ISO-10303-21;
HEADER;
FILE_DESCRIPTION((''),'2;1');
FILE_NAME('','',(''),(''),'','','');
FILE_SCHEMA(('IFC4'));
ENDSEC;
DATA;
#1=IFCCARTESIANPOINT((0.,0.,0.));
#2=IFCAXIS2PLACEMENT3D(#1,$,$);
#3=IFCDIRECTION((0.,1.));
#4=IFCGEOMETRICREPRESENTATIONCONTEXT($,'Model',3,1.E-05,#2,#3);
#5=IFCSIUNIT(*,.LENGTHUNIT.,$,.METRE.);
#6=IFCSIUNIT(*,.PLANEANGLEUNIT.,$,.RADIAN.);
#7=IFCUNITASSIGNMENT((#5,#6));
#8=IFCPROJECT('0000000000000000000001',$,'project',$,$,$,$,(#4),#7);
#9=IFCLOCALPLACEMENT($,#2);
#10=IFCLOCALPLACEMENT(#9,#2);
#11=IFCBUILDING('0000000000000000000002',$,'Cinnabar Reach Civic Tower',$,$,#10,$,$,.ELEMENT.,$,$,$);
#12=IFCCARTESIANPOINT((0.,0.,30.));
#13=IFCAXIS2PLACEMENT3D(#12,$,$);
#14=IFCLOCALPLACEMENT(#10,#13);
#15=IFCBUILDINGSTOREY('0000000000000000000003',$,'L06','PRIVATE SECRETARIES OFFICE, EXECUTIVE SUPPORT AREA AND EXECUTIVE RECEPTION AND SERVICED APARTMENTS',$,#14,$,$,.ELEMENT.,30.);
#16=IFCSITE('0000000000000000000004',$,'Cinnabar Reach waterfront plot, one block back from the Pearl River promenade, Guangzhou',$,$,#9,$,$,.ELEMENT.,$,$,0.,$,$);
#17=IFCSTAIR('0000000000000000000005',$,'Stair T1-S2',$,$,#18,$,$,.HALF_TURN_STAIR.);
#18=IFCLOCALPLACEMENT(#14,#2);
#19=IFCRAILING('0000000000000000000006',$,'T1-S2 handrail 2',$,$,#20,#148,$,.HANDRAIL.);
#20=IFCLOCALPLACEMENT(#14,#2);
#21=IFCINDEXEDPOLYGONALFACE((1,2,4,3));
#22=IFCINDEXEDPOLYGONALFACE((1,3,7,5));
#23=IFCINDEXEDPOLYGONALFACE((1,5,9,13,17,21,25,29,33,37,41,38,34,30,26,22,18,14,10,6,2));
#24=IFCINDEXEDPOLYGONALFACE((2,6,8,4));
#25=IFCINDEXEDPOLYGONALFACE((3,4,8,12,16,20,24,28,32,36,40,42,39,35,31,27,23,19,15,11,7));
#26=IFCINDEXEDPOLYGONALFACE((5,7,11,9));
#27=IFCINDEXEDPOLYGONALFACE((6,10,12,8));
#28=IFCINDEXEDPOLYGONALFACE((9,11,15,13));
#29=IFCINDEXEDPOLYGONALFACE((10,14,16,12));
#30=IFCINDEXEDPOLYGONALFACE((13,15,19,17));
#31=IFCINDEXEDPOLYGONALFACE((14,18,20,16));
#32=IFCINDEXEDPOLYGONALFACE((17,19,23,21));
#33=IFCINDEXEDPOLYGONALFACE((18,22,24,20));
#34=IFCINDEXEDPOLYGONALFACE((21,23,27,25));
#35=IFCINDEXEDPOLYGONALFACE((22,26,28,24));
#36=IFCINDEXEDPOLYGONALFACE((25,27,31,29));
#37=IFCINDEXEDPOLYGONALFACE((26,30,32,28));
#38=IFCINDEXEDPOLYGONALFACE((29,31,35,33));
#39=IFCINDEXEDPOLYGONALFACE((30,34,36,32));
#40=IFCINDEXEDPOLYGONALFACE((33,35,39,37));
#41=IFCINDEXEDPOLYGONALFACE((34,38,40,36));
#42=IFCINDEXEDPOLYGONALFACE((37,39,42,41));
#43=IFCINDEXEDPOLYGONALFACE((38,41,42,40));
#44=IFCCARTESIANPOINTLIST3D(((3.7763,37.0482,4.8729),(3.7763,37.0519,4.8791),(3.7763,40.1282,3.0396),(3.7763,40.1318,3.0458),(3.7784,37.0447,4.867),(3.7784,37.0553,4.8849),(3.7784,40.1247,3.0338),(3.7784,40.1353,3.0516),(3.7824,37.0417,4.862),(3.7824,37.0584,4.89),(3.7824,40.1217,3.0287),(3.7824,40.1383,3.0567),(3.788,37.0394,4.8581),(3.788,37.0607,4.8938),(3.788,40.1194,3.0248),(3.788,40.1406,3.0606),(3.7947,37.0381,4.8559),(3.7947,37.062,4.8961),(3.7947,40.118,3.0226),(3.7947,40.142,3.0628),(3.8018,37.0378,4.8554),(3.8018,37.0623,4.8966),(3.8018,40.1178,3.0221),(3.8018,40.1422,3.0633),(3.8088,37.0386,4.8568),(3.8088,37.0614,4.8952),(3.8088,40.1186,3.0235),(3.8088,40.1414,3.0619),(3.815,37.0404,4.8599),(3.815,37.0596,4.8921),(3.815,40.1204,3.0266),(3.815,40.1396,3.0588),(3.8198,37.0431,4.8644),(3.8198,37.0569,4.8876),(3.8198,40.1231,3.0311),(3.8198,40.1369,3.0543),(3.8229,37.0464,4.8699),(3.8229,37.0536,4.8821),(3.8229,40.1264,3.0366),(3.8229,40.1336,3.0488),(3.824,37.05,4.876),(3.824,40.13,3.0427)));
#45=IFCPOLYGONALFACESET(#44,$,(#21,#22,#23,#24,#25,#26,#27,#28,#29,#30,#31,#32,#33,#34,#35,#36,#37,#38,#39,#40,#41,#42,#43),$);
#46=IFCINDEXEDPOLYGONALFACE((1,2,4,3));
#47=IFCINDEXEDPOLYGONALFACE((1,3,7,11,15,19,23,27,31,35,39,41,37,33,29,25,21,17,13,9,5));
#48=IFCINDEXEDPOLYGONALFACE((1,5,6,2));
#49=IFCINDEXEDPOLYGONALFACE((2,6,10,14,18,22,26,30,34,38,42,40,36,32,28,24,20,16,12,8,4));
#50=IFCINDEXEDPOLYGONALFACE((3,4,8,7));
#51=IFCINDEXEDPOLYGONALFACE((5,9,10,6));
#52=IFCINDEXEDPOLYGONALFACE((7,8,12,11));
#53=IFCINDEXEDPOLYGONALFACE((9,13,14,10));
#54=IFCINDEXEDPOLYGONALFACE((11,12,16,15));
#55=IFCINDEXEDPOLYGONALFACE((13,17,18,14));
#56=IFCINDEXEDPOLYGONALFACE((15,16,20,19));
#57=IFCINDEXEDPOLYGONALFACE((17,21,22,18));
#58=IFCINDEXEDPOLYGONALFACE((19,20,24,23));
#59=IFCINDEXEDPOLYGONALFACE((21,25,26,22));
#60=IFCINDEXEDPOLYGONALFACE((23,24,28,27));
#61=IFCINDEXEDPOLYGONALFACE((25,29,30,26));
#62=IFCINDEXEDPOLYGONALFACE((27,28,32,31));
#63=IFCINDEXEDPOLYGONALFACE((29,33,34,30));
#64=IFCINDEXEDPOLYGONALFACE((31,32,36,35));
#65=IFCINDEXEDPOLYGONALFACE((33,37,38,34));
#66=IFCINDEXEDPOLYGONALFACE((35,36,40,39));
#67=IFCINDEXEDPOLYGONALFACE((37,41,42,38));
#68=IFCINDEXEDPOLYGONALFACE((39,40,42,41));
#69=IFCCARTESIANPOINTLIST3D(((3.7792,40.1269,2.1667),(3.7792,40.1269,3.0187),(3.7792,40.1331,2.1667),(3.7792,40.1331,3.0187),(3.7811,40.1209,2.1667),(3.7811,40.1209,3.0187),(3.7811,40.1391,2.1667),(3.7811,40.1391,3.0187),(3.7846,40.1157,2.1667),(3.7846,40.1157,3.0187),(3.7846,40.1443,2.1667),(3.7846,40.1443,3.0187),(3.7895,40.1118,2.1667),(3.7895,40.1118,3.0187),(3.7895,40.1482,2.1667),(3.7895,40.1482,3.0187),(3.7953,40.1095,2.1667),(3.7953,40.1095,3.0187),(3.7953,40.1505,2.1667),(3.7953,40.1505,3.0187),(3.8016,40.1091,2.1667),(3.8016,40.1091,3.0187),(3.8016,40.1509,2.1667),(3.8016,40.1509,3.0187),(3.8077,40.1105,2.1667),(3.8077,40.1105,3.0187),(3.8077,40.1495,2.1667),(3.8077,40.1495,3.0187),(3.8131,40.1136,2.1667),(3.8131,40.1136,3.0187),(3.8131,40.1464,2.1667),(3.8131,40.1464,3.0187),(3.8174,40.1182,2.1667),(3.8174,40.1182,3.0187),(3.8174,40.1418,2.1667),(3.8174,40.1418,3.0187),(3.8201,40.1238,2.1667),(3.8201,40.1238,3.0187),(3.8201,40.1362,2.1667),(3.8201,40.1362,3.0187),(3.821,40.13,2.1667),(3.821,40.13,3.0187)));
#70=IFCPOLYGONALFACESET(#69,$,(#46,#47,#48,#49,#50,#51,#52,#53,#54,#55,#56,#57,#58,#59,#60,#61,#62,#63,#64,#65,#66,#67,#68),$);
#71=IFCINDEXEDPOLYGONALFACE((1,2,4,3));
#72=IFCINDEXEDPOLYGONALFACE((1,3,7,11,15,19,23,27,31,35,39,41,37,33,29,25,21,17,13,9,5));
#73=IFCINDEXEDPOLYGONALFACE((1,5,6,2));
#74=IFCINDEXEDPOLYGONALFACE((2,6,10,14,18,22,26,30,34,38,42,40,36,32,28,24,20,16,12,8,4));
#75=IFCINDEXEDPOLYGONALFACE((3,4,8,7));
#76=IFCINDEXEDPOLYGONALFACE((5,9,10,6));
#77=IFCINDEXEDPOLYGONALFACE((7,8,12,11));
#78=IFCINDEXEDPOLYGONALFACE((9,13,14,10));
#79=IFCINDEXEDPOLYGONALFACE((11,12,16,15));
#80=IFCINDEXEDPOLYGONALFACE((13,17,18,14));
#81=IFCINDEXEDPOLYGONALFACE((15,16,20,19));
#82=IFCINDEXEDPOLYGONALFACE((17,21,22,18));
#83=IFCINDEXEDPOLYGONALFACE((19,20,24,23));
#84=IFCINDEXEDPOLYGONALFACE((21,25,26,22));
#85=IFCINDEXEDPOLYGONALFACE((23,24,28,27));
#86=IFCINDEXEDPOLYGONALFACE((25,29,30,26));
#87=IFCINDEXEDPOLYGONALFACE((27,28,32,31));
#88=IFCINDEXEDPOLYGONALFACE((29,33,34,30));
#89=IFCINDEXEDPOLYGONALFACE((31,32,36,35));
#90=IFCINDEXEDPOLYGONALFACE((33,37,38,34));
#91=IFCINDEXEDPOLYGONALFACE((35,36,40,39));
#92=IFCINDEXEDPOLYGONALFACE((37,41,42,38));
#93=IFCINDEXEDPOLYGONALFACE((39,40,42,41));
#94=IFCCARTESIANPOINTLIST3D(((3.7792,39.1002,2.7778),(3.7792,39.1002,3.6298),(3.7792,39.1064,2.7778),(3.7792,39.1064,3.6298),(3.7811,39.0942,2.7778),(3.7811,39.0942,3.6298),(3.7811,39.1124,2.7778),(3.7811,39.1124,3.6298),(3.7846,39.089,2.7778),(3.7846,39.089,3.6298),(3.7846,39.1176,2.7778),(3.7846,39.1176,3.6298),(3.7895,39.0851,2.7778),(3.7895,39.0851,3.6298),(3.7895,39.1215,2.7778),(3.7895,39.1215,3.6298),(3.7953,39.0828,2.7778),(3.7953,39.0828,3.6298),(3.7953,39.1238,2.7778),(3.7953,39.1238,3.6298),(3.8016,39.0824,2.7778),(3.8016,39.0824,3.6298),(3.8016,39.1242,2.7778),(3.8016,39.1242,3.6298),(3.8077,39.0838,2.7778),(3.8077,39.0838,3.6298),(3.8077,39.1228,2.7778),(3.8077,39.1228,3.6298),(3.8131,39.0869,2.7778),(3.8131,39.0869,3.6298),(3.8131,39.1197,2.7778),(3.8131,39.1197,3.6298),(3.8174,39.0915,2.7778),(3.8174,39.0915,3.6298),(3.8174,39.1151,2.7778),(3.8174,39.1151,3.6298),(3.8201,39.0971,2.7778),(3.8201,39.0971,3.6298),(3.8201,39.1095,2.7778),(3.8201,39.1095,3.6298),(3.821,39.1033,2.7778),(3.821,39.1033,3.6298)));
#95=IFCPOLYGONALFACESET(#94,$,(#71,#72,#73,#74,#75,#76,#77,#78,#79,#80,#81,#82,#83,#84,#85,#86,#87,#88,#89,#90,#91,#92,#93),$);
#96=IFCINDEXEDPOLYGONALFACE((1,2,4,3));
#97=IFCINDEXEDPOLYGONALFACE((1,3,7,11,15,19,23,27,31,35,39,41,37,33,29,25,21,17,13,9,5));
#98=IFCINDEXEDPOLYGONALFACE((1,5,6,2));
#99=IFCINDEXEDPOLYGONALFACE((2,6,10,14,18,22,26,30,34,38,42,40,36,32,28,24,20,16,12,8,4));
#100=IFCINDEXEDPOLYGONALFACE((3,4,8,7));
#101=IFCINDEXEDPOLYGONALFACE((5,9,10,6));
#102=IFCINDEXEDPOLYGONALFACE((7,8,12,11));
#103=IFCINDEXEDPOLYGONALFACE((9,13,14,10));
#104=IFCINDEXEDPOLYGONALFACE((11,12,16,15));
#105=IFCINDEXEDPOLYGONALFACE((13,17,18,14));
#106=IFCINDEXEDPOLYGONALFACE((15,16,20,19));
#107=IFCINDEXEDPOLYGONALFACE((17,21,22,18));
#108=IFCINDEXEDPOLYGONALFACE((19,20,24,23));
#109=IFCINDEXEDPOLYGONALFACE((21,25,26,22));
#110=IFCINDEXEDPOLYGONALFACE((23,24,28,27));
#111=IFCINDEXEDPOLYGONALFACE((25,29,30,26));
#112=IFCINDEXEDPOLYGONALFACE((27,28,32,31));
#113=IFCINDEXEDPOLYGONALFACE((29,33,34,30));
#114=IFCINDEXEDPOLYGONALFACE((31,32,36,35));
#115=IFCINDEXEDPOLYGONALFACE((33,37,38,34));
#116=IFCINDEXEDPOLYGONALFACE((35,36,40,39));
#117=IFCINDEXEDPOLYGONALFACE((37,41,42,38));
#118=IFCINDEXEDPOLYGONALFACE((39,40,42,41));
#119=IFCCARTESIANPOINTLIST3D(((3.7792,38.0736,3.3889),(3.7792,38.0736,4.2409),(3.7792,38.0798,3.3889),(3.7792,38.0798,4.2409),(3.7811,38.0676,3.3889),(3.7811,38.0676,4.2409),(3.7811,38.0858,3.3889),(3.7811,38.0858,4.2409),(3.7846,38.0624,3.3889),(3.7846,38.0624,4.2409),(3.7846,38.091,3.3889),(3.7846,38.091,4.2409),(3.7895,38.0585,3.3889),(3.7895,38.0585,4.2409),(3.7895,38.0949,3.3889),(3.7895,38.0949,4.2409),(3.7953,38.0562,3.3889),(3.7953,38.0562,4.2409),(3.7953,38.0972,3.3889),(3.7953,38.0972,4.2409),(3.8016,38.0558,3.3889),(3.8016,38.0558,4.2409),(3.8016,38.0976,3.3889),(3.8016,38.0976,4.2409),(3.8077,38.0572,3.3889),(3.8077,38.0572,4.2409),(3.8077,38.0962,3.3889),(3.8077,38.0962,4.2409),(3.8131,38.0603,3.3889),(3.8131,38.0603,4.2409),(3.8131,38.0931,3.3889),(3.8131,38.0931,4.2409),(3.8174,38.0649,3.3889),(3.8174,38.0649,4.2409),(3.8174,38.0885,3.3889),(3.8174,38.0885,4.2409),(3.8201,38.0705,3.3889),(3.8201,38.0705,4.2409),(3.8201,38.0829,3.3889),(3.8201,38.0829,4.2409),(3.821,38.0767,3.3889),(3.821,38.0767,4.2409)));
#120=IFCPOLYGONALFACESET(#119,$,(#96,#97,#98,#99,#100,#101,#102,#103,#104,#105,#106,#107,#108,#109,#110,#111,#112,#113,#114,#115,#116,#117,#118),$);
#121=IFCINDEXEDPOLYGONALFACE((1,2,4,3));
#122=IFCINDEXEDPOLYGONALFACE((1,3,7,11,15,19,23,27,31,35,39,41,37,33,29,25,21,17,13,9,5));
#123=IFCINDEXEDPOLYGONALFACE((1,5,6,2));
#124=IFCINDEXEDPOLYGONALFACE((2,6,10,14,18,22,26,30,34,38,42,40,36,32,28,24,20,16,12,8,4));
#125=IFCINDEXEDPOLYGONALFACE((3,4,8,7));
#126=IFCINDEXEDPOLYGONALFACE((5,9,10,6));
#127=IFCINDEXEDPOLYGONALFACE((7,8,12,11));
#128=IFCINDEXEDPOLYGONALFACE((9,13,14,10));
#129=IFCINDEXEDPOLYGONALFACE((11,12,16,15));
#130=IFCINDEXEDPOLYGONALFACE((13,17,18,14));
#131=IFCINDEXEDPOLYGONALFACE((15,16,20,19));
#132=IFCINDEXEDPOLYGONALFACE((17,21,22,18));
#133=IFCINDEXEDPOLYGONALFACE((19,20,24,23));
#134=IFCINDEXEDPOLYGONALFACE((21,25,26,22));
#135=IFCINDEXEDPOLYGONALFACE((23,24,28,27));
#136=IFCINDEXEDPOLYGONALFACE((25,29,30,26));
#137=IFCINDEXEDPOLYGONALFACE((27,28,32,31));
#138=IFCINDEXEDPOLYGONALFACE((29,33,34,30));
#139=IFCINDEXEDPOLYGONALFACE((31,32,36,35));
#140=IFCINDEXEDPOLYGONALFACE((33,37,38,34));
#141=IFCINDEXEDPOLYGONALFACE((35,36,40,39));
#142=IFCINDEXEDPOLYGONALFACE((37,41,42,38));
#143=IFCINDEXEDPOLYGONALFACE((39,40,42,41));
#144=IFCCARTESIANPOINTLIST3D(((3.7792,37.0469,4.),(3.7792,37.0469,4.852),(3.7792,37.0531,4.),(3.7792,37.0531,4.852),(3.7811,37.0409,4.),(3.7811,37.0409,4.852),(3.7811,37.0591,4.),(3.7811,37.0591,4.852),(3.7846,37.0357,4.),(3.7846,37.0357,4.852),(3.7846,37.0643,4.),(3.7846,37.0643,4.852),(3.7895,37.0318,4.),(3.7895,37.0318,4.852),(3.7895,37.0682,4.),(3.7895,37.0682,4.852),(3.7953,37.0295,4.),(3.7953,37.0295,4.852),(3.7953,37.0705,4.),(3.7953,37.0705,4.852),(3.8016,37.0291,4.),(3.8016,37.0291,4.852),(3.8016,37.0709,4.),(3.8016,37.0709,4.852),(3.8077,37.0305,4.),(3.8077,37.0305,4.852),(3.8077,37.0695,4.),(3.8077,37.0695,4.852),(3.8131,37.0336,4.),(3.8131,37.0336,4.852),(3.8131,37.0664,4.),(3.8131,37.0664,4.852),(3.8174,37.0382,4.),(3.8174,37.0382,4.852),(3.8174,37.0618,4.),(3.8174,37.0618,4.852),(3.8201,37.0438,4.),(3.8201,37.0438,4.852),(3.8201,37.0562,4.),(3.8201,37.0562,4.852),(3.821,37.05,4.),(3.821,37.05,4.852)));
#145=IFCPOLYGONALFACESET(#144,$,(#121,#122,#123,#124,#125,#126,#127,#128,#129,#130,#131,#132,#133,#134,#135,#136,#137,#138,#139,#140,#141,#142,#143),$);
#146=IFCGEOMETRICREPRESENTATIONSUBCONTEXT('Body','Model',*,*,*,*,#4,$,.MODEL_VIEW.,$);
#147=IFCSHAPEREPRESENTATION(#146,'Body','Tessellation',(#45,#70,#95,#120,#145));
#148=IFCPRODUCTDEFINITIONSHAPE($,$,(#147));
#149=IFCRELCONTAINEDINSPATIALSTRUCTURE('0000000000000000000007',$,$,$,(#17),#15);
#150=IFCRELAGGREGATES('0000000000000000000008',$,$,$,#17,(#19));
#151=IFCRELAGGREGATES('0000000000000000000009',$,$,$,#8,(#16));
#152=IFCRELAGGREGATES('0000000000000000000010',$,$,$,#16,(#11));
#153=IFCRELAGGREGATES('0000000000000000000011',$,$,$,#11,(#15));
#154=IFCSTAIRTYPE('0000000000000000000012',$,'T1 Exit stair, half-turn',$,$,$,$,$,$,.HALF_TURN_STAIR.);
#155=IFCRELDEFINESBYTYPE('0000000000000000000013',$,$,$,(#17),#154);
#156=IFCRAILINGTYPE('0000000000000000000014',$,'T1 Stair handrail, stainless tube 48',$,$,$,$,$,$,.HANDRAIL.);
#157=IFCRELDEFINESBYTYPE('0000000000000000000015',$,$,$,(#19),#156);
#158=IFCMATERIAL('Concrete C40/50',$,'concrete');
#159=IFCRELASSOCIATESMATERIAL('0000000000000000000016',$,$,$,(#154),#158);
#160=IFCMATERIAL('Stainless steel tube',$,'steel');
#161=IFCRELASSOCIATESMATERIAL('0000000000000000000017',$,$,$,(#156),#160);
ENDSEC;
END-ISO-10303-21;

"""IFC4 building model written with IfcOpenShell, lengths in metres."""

from ifc_helpers import new_model, si_unit, direction, frame, origin, origin_2d, place, context, subcontext, project, spatial, circle, extrude, material, type_object, element, aggregate, save


model = new_model("IFC4")

# Units and contexts
model_context = context("Model", 3, precision=1e-05, world=origin(), true_north=direction((0.0, 1.0)))
body_context = subcontext(model_context, "Body", "Model", "MODEL_VIEW")
ifc_project = project(units=[si_unit("LENGTHUNIT", "METRE"), si_unit("PLANEANGLEUNIT", "RADIAN")], contexts=[model_context])

# Site, building, storey
site_placement = place(None, origin())
site = spatial("IfcSite", under=ifc_project, at=site_placement, Name="Cinnabar Reach waterfront plot, one block back from the Pearl River promenade, Guangzhou", CompositionType="ELEMENT", RefElevation=0.0)
building_placement = place(site_placement, origin())
building = spatial("IfcBuilding", under=site, at=building_placement, Name="Cinnabar Reach Civic Tower", CompositionType="ELEMENT")
storey_placement = place(building_placement, frame((0.0, 0.0, 30.0)))
storey = spatial("IfcBuildingStorey", under=building, at=storey_placement, Name="L06", Description="PRIVATE SECRETARIES OFFICE, EXECUTIVE SUPPORT AREA AND EXECUTIVE RECEPTION AND SERVICED APARTMENTS", CompositionType="ELEMENT", Elevation=30.0)

# Shared definitions
ifc_material_1 = material(Name="Concrete C40/50", Category="concrete")

# Stair, railing
stair_type = type_object("IfcStairType", Name="T1 Exit stair, half-turn", PredefinedType="HALF_TURN_STAIR", material=ifc_material_1)
stair_placement = place(storey_placement, origin())
stair = element("IfcStair", 1, at=stair_placement, inside=storey, type_object=stair_type, Name="Stair T1-S2", PredefinedType="HALF_TURN_STAIR")
ifc_material_2 = material(Name="Stainless steel tube", Category="steel")
railing_type = type_object("IfcRailingType", Name="T1 Stair handrail, stainless tube 48", PredefinedType="HANDRAIL", material=ifc_material_2)
railing_1_placement = place(storey_placement, frame((3.8, 40.13, 2.1667)))
railing_1 = element("IfcRailing", 2, at=railing_1_placement, type_object=railing_type, Name="T1-S2 handrail 2", PredefinedType="HANDRAIL", context=body_context, shape_type="SweptSolid", body=[
    extrude(circle(Radius=0.024, at=origin_2d()), frame((0.0, 0.0, 0.876), z_axis=(0.0, -0.859297, 0.511477), x_axis=(1.0, 0.0, 0.0)), (0.0, 0.0, 1.0), 3.5843),
    extrude(circle(Radius=0.021, at=origin_2d()), origin(), (0.0, 0.0, 1.0), 0.852),
    extrude(circle(Radius=0.021, at=origin_2d()), frame((0.0, -1.0267, 0.6111)), (0.0, 0.0, 1.0), 0.852),
    extrude(circle(Radius=0.021, at=origin_2d()), frame((0.0, -2.0533, 1.2222)), (0.0, 0.0, 1.0), 0.852),
    extrude(circle(Radius=0.021, at=origin_2d()), frame((0.0, -3.08, 1.8333)), (0.0, 0.0, 1.0), 0.852),
])
aggregate(stair, [railing_1])

save(model, "model.ifc")
